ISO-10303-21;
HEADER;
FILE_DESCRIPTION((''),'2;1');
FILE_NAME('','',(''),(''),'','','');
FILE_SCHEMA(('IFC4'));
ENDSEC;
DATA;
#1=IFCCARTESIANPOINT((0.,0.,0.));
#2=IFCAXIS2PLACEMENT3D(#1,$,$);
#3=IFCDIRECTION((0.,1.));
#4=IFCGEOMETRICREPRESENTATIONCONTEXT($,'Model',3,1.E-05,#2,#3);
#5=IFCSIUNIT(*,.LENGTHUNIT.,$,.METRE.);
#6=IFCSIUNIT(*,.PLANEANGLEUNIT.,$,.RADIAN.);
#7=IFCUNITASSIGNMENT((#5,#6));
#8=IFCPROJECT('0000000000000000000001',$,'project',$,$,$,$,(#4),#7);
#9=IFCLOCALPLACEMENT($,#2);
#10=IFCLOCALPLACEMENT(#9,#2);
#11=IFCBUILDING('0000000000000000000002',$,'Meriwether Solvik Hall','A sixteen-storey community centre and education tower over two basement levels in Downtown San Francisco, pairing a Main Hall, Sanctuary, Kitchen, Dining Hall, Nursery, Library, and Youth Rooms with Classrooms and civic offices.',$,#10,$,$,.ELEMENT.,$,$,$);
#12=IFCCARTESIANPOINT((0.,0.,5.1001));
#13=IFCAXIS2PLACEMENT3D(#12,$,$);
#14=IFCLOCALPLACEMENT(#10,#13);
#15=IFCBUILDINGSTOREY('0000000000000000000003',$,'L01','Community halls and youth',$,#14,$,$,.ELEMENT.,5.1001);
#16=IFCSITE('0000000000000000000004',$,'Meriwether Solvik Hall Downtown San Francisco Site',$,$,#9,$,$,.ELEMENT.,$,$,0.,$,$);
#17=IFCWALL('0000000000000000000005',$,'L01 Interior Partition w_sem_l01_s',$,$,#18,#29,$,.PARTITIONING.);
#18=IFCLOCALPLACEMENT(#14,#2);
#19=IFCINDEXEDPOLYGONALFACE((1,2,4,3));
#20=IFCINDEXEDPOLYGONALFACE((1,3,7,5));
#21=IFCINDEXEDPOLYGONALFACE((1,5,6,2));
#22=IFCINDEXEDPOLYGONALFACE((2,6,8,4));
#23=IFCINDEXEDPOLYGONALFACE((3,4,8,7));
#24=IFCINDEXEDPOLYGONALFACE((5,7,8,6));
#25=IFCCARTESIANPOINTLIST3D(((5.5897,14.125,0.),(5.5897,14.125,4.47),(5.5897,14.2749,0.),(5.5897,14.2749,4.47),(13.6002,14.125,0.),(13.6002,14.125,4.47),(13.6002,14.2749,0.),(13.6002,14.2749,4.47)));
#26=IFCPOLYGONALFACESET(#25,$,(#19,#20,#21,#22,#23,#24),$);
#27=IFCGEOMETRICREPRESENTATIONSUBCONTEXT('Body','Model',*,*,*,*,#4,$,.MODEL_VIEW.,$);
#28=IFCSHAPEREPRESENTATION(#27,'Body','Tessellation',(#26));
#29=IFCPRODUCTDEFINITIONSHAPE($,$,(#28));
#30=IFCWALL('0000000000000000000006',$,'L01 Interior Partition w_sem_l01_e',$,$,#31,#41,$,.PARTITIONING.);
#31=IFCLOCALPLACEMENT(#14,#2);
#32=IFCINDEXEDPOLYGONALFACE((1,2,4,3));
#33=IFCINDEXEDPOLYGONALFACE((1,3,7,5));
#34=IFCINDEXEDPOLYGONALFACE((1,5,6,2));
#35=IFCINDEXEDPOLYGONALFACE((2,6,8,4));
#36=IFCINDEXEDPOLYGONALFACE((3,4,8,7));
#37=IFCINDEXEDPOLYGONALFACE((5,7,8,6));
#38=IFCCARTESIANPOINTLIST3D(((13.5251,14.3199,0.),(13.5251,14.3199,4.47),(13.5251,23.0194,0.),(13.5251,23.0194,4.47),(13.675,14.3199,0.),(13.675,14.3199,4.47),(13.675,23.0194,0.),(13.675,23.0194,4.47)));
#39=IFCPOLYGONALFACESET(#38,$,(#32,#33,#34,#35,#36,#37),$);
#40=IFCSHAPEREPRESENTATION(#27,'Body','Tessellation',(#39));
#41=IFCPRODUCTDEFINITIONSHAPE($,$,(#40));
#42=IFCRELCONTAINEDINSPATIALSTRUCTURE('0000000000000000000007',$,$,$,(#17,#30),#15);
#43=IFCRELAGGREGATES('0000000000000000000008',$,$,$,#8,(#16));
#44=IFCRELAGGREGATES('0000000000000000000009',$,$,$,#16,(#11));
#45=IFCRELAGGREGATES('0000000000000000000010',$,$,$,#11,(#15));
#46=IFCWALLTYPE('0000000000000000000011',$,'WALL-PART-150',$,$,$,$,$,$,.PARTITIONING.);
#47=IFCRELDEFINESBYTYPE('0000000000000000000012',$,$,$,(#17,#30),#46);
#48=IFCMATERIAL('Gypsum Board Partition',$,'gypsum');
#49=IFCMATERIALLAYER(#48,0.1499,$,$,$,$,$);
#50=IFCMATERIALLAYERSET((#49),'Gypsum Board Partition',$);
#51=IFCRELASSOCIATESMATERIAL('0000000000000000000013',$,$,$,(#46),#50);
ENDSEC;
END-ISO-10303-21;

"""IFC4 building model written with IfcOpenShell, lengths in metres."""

from ifc_helpers import new_model, si_unit, direction, frame, frame_2d, origin, place, context, subcontext, project, spatial, rectangle, extrude, material, layer, layer_set, type_object, element, save


model = new_model("IFC4")

# Units and contexts
model_context = context("Model", 3, precision=1e-05, world=origin(), true_north=direction((0.0, 1.0)))
body_context = subcontext(model_context, "Body", "Model", "MODEL_VIEW")
ifc_project = project(units=[si_unit("LENGTHUNIT", "METRE"), si_unit("PLANEANGLEUNIT", "RADIAN")], contexts=[model_context])

# Site, building, storey
site_placement = place(None, origin())
site = spatial("IfcSite", under=ifc_project, at=site_placement, Name="Meriwether Solvik Hall Downtown San Francisco Site", CompositionType="ELEMENT", RefElevation=0.0)
building_placement = place(site_placement, origin())
building = spatial("IfcBuilding", under=site, at=building_placement, Name="Meriwether Solvik Hall", Description="A sixteen-storey community centre and education tower over two basement levels in Downtown San Francisco, pairing a Main Hall, Sanctuary, Kitchen, Dining Hall, Nursery, Library, and Youth Rooms with Classrooms and civic offices.", CompositionType="ELEMENT")
storey_placement = place(building_placement, frame((0.0, 0.0, 5.1001)))
storey = spatial("IfcBuildingStorey", under=building, at=storey_placement, Name="L01", Description="Community halls and youth", CompositionType="ELEMENT", Elevation=5.1001)

# Walls
ifc_material_1 = material(Name="Gypsum Board Partition", Category="gypsum")
ifc_layer_1 = layer(ifc_material_1, 0.1499)
ifc_layer_set_1 = layer_set([ifc_layer_1], Name="Gypsum Board Partition")
wall_type_1 = type_object("IfcWallType", Name="WALL-PART-150", PredefinedType="PARTITIONING", material=ifc_layer_set_1)
wall_1_placement = place(storey_placement, frame((5.5896, 14.2, 0.0), z_axis=(0.0, 0.0, 1.0), x_axis=(1.0, 0.0, 0.0)))
element("IfcWall", 1, at=wall_1_placement, inside=storey, type_object=wall_type_1, Name="L01 Interior Partition w_sem_l01_s", PredefinedType="PARTITIONING", context=body_context, shape_type="SweptSolid", body=[
    extrude(rectangle(XDim=8.0105, YDim=0.1499, at=frame_2d((4.0054, 0.0))), origin(), (0.0, 0.0, 1.0), 4.47),
])
wall_2_placement = place(storey_placement, frame((13.6001, 14.3201, 0.0), z_axis=(0.0, 0.0, 1.0), x_axis=(0.0, 1.0, 0.0)))
element("IfcWall", 2, at=wall_2_placement, inside=storey, type_object=wall_type_1, Name="L01 Interior Partition w_sem_l01_e", PredefinedType="PARTITIONING", context=body_context, shape_type="SweptSolid", body=[
    extrude(rectangle(XDim=8.6995, YDim=0.1499, at=frame_2d((4.3496, 0.0))), origin(), (0.0, 0.0, 1.0), 4.47),
])

save(model, "model.ifc")
